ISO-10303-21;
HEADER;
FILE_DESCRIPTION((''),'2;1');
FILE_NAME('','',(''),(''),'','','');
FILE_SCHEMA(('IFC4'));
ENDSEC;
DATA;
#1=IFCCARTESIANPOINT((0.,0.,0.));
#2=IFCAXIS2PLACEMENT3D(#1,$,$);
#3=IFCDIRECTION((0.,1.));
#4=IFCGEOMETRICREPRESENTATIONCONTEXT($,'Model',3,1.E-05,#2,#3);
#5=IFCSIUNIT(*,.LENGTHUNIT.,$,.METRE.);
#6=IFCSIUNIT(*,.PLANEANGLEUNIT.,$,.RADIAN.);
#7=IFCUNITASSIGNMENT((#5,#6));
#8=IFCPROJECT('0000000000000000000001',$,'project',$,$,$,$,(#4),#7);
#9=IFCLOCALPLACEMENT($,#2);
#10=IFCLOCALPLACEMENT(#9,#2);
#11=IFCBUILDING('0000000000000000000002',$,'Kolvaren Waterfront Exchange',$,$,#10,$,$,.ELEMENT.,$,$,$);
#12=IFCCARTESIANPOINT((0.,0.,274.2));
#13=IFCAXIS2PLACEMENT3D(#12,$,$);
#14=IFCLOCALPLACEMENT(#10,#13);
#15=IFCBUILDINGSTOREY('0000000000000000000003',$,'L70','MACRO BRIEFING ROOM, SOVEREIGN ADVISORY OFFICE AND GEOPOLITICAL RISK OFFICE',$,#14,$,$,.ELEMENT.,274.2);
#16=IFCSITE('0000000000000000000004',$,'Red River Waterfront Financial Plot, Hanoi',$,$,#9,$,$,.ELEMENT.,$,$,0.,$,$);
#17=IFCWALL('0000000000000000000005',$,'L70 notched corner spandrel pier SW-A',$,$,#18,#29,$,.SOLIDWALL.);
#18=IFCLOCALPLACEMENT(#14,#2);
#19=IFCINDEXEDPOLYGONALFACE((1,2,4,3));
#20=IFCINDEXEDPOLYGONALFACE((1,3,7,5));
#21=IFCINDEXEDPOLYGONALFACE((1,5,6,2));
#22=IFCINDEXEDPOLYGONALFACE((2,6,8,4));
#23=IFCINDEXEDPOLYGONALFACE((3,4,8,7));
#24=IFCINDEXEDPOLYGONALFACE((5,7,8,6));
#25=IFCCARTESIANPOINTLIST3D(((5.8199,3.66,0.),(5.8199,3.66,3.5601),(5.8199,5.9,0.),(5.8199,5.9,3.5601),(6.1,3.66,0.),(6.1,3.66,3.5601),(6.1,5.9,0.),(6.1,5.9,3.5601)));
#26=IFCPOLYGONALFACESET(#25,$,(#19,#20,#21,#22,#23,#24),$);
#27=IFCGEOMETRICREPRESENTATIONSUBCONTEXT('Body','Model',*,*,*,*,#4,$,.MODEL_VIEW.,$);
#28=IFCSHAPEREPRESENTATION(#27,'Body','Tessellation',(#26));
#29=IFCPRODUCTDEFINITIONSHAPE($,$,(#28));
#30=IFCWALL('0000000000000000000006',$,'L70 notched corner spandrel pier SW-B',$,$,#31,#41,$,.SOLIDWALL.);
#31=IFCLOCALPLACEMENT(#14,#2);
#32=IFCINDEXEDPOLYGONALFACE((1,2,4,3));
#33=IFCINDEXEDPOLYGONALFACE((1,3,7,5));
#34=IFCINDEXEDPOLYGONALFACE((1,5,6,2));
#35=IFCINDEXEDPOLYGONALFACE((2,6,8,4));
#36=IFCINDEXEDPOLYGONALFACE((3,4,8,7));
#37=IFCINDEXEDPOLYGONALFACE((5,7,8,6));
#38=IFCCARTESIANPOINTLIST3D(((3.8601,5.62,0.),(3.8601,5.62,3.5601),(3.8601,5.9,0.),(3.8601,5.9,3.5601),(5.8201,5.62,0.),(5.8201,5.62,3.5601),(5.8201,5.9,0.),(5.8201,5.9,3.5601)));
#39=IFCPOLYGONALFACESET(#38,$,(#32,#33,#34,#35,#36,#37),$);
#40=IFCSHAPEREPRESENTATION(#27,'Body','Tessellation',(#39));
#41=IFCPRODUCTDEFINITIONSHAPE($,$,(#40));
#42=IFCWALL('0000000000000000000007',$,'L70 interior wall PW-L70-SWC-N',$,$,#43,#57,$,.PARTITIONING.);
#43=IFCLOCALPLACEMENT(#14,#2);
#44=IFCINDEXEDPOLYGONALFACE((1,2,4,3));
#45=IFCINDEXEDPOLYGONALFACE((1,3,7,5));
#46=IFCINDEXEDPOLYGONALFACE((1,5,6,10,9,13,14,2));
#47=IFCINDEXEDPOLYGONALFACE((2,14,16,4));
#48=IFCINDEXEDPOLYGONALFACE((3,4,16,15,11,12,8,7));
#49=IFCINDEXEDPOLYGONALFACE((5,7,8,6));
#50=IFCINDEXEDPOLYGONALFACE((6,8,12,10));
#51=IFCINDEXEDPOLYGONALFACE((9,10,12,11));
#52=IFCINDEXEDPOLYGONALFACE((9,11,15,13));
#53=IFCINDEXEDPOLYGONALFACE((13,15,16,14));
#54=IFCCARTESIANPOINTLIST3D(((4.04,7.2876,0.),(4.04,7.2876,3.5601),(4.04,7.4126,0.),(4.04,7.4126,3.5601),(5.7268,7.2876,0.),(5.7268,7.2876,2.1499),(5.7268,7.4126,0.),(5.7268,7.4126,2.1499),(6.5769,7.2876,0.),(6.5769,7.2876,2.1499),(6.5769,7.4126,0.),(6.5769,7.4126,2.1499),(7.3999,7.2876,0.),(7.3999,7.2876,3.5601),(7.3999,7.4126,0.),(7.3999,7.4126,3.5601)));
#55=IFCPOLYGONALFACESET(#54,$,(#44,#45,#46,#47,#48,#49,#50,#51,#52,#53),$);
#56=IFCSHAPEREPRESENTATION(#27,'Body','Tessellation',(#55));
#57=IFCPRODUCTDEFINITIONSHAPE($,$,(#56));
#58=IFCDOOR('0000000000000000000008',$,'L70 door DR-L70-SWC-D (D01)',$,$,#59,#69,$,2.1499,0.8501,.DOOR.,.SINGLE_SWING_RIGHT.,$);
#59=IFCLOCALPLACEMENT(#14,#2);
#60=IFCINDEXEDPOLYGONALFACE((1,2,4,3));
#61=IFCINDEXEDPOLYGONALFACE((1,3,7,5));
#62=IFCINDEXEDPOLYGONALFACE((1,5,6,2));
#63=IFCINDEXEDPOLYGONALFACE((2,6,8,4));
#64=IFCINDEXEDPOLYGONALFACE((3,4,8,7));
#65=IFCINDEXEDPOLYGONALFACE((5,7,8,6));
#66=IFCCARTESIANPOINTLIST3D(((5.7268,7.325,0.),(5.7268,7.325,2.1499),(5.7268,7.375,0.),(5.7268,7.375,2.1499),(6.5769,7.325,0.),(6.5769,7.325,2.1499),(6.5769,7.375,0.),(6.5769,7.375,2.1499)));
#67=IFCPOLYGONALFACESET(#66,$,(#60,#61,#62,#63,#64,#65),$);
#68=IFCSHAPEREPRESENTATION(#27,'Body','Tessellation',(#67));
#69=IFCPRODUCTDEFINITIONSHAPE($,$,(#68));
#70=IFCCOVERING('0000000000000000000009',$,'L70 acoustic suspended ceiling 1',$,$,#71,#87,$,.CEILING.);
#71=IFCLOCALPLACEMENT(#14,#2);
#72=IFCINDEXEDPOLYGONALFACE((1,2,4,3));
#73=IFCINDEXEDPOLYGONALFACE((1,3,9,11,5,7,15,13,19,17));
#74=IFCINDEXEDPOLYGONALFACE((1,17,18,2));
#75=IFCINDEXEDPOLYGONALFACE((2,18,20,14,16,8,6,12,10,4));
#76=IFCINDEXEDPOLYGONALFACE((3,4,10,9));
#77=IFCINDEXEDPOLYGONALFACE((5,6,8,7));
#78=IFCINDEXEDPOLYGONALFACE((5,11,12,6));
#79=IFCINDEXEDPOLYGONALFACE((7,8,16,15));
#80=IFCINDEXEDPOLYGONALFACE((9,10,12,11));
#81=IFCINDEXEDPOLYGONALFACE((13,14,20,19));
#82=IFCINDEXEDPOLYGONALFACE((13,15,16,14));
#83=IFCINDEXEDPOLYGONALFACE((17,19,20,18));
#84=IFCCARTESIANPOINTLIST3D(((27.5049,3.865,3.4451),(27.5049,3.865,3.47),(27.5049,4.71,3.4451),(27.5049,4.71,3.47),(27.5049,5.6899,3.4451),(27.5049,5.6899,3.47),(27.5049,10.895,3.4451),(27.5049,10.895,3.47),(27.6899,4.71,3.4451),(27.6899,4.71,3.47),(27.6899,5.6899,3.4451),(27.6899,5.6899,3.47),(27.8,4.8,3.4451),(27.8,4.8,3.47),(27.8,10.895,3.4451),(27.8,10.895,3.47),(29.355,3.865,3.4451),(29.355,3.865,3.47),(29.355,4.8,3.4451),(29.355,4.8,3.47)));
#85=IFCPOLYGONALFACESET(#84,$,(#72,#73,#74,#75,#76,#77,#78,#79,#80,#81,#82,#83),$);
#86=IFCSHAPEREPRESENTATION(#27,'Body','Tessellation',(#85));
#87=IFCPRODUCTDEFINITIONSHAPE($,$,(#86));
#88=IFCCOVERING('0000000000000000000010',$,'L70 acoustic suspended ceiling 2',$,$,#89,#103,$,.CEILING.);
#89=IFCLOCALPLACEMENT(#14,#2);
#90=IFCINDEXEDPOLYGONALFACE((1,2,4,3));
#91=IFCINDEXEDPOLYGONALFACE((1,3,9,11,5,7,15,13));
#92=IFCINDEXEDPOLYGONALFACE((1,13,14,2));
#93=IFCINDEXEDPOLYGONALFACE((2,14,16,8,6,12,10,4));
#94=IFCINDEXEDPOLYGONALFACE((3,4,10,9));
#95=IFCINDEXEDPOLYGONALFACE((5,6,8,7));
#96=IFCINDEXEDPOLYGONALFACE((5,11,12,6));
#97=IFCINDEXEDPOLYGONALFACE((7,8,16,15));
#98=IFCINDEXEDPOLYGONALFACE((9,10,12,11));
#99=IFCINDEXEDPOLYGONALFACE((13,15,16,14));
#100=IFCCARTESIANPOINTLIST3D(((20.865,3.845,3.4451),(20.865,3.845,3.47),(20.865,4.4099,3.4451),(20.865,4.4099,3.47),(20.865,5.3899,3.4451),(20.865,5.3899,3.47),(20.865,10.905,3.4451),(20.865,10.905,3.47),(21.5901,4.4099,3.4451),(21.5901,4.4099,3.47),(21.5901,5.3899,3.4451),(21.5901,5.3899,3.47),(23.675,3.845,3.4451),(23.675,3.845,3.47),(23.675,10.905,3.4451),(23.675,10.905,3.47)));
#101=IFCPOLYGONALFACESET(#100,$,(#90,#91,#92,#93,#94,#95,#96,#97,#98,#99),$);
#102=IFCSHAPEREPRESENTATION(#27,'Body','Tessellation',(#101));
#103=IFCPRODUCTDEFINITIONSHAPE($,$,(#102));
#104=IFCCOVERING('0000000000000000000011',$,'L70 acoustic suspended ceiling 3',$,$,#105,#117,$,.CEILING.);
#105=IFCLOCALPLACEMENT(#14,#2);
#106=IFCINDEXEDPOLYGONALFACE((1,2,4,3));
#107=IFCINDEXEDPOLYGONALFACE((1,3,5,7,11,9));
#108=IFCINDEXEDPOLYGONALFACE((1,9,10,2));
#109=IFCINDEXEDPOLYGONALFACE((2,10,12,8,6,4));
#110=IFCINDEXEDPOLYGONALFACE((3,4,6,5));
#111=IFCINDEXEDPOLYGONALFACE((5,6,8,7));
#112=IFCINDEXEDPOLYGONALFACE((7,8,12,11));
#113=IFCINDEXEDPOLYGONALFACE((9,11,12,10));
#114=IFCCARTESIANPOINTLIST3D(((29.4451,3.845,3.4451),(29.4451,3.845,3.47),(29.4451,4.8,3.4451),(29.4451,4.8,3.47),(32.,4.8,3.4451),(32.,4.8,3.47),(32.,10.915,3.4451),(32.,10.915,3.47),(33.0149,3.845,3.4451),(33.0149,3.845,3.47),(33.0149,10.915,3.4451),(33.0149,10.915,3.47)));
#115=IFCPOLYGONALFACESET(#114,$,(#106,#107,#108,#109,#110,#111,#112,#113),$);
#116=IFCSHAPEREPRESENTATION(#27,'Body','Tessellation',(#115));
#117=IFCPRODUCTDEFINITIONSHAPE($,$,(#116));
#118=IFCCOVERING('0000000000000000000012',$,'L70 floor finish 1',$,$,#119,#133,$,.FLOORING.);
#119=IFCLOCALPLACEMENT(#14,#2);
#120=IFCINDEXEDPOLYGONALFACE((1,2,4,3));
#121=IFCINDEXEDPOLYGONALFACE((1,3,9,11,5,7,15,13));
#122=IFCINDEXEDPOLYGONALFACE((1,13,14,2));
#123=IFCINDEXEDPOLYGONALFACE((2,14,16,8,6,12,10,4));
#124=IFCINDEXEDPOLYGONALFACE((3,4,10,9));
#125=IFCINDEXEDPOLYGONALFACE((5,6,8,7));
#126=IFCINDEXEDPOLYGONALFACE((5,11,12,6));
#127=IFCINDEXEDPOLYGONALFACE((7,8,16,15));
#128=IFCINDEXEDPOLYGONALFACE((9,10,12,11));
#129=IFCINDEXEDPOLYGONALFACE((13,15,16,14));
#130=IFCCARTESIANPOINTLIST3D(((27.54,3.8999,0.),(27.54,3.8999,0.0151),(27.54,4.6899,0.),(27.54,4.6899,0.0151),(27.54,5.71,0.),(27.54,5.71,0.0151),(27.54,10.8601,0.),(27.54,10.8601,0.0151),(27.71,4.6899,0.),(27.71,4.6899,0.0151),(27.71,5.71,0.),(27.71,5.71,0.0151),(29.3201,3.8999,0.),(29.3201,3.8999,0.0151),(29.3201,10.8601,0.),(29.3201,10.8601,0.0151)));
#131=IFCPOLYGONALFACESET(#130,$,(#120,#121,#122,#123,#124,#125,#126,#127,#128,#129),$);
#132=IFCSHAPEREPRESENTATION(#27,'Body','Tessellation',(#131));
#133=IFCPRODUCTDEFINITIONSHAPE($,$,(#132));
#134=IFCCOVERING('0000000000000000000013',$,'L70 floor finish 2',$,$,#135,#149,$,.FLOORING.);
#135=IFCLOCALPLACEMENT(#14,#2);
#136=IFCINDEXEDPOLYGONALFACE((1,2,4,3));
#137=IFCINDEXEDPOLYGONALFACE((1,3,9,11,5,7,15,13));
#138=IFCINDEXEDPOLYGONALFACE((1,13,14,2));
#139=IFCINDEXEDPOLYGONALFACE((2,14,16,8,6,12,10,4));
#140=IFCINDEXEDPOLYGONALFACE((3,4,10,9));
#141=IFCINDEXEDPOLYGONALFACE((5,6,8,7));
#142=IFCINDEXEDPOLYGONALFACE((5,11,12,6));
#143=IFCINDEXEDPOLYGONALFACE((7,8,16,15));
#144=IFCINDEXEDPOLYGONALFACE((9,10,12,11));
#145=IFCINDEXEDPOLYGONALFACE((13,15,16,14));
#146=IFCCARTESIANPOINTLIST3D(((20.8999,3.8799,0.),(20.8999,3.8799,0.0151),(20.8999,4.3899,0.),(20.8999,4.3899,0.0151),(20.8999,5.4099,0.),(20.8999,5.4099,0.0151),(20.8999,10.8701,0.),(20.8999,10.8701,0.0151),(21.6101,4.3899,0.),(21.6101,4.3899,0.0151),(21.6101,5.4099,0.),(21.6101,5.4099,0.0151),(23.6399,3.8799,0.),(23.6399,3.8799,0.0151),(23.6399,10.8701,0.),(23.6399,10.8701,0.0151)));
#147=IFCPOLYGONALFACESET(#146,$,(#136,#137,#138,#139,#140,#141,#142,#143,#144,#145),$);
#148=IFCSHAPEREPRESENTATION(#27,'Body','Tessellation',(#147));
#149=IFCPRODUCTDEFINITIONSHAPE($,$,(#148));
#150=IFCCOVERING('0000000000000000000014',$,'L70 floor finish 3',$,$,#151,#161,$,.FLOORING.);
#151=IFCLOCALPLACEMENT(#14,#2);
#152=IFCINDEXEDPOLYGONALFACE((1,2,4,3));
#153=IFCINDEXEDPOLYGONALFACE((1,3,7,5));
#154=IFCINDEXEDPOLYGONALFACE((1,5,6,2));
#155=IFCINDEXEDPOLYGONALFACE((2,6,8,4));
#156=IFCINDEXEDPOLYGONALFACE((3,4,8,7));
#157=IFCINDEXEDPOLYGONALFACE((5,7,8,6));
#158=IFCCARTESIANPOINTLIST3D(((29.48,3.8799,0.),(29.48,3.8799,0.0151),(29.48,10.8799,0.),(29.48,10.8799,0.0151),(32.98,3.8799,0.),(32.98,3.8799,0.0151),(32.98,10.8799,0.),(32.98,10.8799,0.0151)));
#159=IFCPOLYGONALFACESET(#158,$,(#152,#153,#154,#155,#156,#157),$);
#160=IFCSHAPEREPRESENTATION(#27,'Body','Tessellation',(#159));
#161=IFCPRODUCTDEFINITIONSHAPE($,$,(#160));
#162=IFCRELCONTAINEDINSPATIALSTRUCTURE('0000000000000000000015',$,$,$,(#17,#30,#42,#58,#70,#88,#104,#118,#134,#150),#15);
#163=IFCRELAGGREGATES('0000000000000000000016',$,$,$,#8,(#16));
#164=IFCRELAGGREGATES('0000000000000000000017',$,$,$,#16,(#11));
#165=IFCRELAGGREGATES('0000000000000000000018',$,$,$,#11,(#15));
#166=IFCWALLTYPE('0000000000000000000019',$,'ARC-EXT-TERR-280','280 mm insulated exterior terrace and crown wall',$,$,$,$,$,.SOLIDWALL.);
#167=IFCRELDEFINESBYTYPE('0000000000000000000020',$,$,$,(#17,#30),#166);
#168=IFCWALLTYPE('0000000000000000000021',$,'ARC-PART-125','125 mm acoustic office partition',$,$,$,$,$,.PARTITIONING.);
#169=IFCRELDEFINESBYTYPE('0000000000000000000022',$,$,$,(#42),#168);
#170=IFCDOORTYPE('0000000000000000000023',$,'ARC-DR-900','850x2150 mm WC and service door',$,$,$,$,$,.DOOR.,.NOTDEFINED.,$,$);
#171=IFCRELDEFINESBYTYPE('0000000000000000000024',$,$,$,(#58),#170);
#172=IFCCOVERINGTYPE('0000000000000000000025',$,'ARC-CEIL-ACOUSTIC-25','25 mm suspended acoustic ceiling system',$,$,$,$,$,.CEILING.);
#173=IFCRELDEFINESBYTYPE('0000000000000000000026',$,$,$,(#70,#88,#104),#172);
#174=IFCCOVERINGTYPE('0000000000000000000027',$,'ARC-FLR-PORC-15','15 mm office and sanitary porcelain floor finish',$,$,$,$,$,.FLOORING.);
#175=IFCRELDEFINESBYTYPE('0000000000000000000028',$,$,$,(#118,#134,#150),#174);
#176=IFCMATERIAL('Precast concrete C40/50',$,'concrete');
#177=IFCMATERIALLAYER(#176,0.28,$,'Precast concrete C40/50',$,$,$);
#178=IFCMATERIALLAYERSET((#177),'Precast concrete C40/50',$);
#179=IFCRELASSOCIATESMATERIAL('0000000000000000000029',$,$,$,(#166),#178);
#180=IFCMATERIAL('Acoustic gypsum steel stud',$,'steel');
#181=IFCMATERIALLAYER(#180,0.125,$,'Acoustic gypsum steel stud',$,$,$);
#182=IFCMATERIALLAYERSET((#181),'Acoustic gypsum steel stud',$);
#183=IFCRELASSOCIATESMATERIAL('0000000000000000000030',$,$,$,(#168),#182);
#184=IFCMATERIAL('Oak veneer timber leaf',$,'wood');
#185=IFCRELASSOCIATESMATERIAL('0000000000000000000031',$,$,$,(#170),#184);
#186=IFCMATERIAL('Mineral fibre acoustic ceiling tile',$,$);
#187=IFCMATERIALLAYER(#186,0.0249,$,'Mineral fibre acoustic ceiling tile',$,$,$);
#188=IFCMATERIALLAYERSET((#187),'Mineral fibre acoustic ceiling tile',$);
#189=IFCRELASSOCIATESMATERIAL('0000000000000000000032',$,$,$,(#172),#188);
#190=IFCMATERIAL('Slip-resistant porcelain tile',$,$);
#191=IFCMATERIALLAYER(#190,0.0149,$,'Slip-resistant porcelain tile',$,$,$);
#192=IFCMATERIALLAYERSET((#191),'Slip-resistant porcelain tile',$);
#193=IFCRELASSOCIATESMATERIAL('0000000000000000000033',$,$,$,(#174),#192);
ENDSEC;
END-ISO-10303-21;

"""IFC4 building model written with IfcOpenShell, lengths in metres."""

from ifc_helpers import new_model, si_unit, direction, frame, frame_2d, origin, place, context, subcontext, project, spatial, polyline, rectangle, outline, extrude, material, layer, layer_set, type_object, element, fill, save


model = new_model("IFC4")

# Units and contexts
model_context = context("Model", 3, precision=1e-05, world=origin(), true_north=direction((0.0, 1.0)))
body_context = subcontext(model_context, "Body", "Model", "MODEL_VIEW")
ifc_project = project(units=[si_unit("LENGTHUNIT", "METRE"), si_unit("PLANEANGLEUNIT", "RADIAN")], contexts=[model_context])

# Site, building, storey
site_placement = place(None, origin())
site = spatial("IfcSite", under=ifc_project, at=site_placement, Name="Red River Waterfront Financial Plot, Hanoi", CompositionType="ELEMENT", RefElevation=0.0)
building_placement = place(site_placement, origin())
building = spatial("IfcBuilding", under=site, at=building_placement, Name="Kolvaren Waterfront Exchange", CompositionType="ELEMENT")
storey_placement = place(building_placement, frame((0.0, 0.0, 274.2)))
storey = spatial("IfcBuildingStorey", under=building, at=storey_placement, Name="L70", Description="MACRO BRIEFING ROOM, SOVEREIGN ADVISORY OFFICE AND GEOPOLITICAL RISK OFFICE", CompositionType="ELEMENT", Elevation=274.2)

# Walls
ifc_material_1 = material(Name="Precast concrete C40/50", Category="concrete")
ifc_layer_1 = layer(ifc_material_1, 0.28, Name="Precast concrete C40/50")
ifc_layer_set_1 = layer_set([ifc_layer_1], Name="Precast concrete C40/50")
wall_type_1 = type_object("IfcWallType", Name="ARC-EXT-TERR-280", Description="280 mm insulated exterior terrace and crown wall", PredefinedType="SOLIDWALL", material=ifc_layer_set_1)
wall_1_placement = place(storey_placement, frame((5.96, 3.6599, 0.0), z_axis=(0.0, 0.0, 1.0), x_axis=(0.0, 1.0, 0.0)))
element("IfcWall", 1, at=wall_1_placement, inside=storey, type_object=wall_type_1, Name="L70 notched corner spandrel pier SW-A", PredefinedType="SOLIDWALL", context=body_context, shape_type="SweptSolid", body=[
    extrude(rectangle(XDim=2.24, YDim=0.28, at=frame_2d((1.1201, 0.0))), origin(), (0.0, 0.0, 1.0), 3.5601),
])
wall_2_placement = place(storey_placement, frame((3.8601, 5.76, 0.0), z_axis=(0.0, 0.0, 1.0), x_axis=(1.0, 0.0, 0.0)))
element("IfcWall", 2, at=wall_2_placement, inside=storey, type_object=wall_type_1, Name="L70 notched corner spandrel pier SW-B", PredefinedType="SOLIDWALL", context=body_context, shape_type="SweptSolid", body=[
    extrude(rectangle(XDim=1.96, YDim=0.28, at=frame_2d((0.98, 0.0))), origin(), (0.0, 0.0, 1.0), 3.5601),
])

# Wall, opening, door
ifc_material_2 = material(Name="Acoustic gypsum steel stud", Category="steel")
ifc_layer_2 = layer(ifc_material_2, 0.125, Name="Acoustic gypsum steel stud")
ifc_layer_set_2 = layer_set([ifc_layer_2], Name="Acoustic gypsum steel stud")
wall_type_2 = type_object("IfcWallType", Name="ARC-PART-125", Description="125 mm acoustic office partition", PredefinedType="PARTITIONING", material=ifc_layer_set_2)
wall_3_placement = place(storey_placement, frame((4.04, 7.3501, 0.0), z_axis=(0.0, 0.0, 1.0), x_axis=(1.0, 0.0, 0.0)))
wall_3 = element("IfcWall", 3, at=wall_3_placement, inside=storey, type_object=wall_type_2, Name="L70 interior wall PW-L70-SWC-N", PredefinedType="PARTITIONING", context=body_context, shape_type="SweptSolid", body=[
    extrude(rectangle(XDim=3.3599, YDim=0.125, at=frame_2d((1.6799, 0.0))), origin(), (0.0, 0.0, 1.0), 3.5601),
])
opening_placement = place(wall_3_placement, frame((1.6868, 0.0, 0.0)))
opening = element("IfcOpeningElement", 4, at=opening_placement, cuts=wall_3, PredefinedType="OPENING", context=body_context, shape_type="SweptSolid", body=[
    extrude(rectangle(XDim=0.8501, YDim=2.1499, at=frame_2d((0.425, 1.075))), frame((0.0, 0.0725, 0.0), z_axis=(0.0, -1.0, 0.0), x_axis=(1.0, 0.0, 0.0)), (0.0, 0.0, 1.0), 0.145),
])
ifc_material_3 = material(Name="Oak veneer timber leaf", Category="wood")
door_type = type_object("IfcDoorType", Name="ARC-DR-900", Description="850x2150 mm WC and service door", OperationType="NOTDEFINED", PredefinedType="DOOR", material=ifc_material_3)
door_placement = place(opening_placement, origin())
door = element("IfcDoor", 5, at=door_placement, inside=storey, type_object=door_type, Name="L70 door DR-L70-SWC-D (D01)", OperationType="SINGLE_SWING_RIGHT", OverallHeight=2.1499, OverallWidth=0.8501, PredefinedType="DOOR", context=body_context, shape_type="SweptSolid", body=[
    extrude(rectangle(XDim=0.8501, YDim=2.1499, at=frame_2d((0.425, 1.075))), frame((0.0, 0.0249, 0.0), z_axis=(0.0, -1.0, 0.0), x_axis=(1.0, 0.0, 0.0)), (0.0, 0.0, 1.0), 0.05),
])
fill(opening, door)

# Coverings
ifc_material_4 = material(Name="Mineral fibre acoustic ceiling tile")
ifc_layer_3 = layer(ifc_material_4, 0.0249, Name="Mineral fibre acoustic ceiling tile")
ifc_layer_set_3 = layer_set([ifc_layer_3], Name="Mineral fibre acoustic ceiling tile")
covering_type_1 = type_object("IfcCoveringType", Name="ARC-CEIL-ACOUSTIC-25", Description="25 mm suspended acoustic ceiling system", PredefinedType="CEILING", material=ifc_layer_set_3)
covering_1_placement = place(storey_placement, frame((0.0, 0.0, 3.4451)))
element("IfcCovering", 6, at=covering_1_placement, inside=storey, type_object=covering_type_1, Name="L70 acoustic suspended ceiling 1", PredefinedType="CEILING", context=body_context, shape_type="SweptSolid", body=[
    extrude(outline(polyline([(27.5049, 5.6899), (27.6899, 5.6899), (27.6899, 4.71), (27.5049, 4.71), (27.5049, 3.865), (29.355, 3.865), (29.355, 4.8), (27.8, 4.8), (27.8, 10.895), (27.5049, 10.895), (27.5049, 5.6899)])), origin(), (0.0, 0.0, 1.0), 0.0249),
])
covering_2_placement = place(storey_placement, frame((0.0, 0.0, 3.4451)))
element("IfcCovering", 7, at=covering_2_placement, inside=storey, type_object=covering_type_1, Name="L70 acoustic suspended ceiling 2", PredefinedType="CEILING", context=body_context, shape_type="SweptSolid", body=[
    extrude(outline(polyline([(20.865, 5.3899), (21.5901, 5.3899), (21.5901, 4.4099), (20.865, 4.4099), (20.865, 3.845), (23.675, 3.845), (23.675, 10.905), (20.865, 10.905), (20.865, 5.3899)])), origin(), (0.0, 0.0, 1.0), 0.0249),
])
covering_3_placement = place(storey_placement, frame((0.0, 0.0, 3.4451)))
element("IfcCovering", 8, at=covering_3_placement, inside=storey, type_object=covering_type_1, Name="L70 acoustic suspended ceiling 3", PredefinedType="CEILING", context=body_context, shape_type="SweptSolid", body=[
    extrude(outline(polyline([(33.0149, 3.845), (33.0149, 10.915), (32.0, 10.915), (32.0, 4.8), (29.4451, 4.8), (29.4451, 3.845), (33.0149, 3.845)])), origin(), (0.0, 0.0, 1.0), 0.0249),
])
ifc_material_5 = material(Name="Slip-resistant porcelain tile")
ifc_layer_4 = layer(ifc_material_5, 0.0149, Name="Slip-resistant porcelain tile")
ifc_layer_set_4 = layer_set([ifc_layer_4], Name="Slip-resistant porcelain tile")
covering_type_2 = type_object("IfcCoveringType", Name="ARC-FLR-PORC-15", Description="15 mm office and sanitary porcelain floor finish", PredefinedType="FLOORING", material=ifc_layer_set_4)
covering_4_placement = place(storey_placement, origin())
element("IfcCovering", 9, at=covering_4_placement, inside=storey, type_object=covering_type_2, Name="L70 floor finish 1", PredefinedType="FLOORING", context=body_context, shape_type="SweptSolid", body=[
    extrude(outline(polyline([(27.54, 4.6899), (27.54, 3.8999), (29.3201, 3.8999), (29.3201, 10.8601), (27.54, 10.8601), (27.54, 5.71), (27.71, 5.71), (27.71, 4.6899), (27.54, 4.6899)])), origin(), (0.0, 0.0, 1.0), 0.0151),
])
covering_5_placement = place(storey_placement, origin())
element("IfcCovering", 10, at=covering_5_placement, inside=storey, type_object=covering_type_2, Name="L70 floor finish 2", PredefinedType="FLOORING", context=body_context, shape_type="SweptSolid", body=[
    extrude(outline(polyline([(20.8999, 4.3899), (20.8999, 3.8799), (23.6399, 3.8799), (23.6399, 10.8701), (20.8999, 10.8701), (20.8999, 5.4099), (21.6101, 5.4099), (21.6101, 4.3899), (20.8999, 4.3899)])), origin(), (0.0, 0.0, 1.0), 0.0151),
])
covering_6_placement = place(storey_placement, origin())
element("IfcCovering", 11, at=covering_6_placement, inside=storey, type_object=covering_type_2, Name="L70 floor finish 3", PredefinedType="FLOORING", context=body_context, shape_type="SweptSolid", body=[
    extrude(outline(polyline([(29.48, 10.8799), (29.48, 3.8799), (32.98, 3.8799), (32.98, 10.8799), (29.48, 10.8799)])), origin(), (0.0, 0.0, 1.0), 0.0151),
])

save(model, "model.ifc")
